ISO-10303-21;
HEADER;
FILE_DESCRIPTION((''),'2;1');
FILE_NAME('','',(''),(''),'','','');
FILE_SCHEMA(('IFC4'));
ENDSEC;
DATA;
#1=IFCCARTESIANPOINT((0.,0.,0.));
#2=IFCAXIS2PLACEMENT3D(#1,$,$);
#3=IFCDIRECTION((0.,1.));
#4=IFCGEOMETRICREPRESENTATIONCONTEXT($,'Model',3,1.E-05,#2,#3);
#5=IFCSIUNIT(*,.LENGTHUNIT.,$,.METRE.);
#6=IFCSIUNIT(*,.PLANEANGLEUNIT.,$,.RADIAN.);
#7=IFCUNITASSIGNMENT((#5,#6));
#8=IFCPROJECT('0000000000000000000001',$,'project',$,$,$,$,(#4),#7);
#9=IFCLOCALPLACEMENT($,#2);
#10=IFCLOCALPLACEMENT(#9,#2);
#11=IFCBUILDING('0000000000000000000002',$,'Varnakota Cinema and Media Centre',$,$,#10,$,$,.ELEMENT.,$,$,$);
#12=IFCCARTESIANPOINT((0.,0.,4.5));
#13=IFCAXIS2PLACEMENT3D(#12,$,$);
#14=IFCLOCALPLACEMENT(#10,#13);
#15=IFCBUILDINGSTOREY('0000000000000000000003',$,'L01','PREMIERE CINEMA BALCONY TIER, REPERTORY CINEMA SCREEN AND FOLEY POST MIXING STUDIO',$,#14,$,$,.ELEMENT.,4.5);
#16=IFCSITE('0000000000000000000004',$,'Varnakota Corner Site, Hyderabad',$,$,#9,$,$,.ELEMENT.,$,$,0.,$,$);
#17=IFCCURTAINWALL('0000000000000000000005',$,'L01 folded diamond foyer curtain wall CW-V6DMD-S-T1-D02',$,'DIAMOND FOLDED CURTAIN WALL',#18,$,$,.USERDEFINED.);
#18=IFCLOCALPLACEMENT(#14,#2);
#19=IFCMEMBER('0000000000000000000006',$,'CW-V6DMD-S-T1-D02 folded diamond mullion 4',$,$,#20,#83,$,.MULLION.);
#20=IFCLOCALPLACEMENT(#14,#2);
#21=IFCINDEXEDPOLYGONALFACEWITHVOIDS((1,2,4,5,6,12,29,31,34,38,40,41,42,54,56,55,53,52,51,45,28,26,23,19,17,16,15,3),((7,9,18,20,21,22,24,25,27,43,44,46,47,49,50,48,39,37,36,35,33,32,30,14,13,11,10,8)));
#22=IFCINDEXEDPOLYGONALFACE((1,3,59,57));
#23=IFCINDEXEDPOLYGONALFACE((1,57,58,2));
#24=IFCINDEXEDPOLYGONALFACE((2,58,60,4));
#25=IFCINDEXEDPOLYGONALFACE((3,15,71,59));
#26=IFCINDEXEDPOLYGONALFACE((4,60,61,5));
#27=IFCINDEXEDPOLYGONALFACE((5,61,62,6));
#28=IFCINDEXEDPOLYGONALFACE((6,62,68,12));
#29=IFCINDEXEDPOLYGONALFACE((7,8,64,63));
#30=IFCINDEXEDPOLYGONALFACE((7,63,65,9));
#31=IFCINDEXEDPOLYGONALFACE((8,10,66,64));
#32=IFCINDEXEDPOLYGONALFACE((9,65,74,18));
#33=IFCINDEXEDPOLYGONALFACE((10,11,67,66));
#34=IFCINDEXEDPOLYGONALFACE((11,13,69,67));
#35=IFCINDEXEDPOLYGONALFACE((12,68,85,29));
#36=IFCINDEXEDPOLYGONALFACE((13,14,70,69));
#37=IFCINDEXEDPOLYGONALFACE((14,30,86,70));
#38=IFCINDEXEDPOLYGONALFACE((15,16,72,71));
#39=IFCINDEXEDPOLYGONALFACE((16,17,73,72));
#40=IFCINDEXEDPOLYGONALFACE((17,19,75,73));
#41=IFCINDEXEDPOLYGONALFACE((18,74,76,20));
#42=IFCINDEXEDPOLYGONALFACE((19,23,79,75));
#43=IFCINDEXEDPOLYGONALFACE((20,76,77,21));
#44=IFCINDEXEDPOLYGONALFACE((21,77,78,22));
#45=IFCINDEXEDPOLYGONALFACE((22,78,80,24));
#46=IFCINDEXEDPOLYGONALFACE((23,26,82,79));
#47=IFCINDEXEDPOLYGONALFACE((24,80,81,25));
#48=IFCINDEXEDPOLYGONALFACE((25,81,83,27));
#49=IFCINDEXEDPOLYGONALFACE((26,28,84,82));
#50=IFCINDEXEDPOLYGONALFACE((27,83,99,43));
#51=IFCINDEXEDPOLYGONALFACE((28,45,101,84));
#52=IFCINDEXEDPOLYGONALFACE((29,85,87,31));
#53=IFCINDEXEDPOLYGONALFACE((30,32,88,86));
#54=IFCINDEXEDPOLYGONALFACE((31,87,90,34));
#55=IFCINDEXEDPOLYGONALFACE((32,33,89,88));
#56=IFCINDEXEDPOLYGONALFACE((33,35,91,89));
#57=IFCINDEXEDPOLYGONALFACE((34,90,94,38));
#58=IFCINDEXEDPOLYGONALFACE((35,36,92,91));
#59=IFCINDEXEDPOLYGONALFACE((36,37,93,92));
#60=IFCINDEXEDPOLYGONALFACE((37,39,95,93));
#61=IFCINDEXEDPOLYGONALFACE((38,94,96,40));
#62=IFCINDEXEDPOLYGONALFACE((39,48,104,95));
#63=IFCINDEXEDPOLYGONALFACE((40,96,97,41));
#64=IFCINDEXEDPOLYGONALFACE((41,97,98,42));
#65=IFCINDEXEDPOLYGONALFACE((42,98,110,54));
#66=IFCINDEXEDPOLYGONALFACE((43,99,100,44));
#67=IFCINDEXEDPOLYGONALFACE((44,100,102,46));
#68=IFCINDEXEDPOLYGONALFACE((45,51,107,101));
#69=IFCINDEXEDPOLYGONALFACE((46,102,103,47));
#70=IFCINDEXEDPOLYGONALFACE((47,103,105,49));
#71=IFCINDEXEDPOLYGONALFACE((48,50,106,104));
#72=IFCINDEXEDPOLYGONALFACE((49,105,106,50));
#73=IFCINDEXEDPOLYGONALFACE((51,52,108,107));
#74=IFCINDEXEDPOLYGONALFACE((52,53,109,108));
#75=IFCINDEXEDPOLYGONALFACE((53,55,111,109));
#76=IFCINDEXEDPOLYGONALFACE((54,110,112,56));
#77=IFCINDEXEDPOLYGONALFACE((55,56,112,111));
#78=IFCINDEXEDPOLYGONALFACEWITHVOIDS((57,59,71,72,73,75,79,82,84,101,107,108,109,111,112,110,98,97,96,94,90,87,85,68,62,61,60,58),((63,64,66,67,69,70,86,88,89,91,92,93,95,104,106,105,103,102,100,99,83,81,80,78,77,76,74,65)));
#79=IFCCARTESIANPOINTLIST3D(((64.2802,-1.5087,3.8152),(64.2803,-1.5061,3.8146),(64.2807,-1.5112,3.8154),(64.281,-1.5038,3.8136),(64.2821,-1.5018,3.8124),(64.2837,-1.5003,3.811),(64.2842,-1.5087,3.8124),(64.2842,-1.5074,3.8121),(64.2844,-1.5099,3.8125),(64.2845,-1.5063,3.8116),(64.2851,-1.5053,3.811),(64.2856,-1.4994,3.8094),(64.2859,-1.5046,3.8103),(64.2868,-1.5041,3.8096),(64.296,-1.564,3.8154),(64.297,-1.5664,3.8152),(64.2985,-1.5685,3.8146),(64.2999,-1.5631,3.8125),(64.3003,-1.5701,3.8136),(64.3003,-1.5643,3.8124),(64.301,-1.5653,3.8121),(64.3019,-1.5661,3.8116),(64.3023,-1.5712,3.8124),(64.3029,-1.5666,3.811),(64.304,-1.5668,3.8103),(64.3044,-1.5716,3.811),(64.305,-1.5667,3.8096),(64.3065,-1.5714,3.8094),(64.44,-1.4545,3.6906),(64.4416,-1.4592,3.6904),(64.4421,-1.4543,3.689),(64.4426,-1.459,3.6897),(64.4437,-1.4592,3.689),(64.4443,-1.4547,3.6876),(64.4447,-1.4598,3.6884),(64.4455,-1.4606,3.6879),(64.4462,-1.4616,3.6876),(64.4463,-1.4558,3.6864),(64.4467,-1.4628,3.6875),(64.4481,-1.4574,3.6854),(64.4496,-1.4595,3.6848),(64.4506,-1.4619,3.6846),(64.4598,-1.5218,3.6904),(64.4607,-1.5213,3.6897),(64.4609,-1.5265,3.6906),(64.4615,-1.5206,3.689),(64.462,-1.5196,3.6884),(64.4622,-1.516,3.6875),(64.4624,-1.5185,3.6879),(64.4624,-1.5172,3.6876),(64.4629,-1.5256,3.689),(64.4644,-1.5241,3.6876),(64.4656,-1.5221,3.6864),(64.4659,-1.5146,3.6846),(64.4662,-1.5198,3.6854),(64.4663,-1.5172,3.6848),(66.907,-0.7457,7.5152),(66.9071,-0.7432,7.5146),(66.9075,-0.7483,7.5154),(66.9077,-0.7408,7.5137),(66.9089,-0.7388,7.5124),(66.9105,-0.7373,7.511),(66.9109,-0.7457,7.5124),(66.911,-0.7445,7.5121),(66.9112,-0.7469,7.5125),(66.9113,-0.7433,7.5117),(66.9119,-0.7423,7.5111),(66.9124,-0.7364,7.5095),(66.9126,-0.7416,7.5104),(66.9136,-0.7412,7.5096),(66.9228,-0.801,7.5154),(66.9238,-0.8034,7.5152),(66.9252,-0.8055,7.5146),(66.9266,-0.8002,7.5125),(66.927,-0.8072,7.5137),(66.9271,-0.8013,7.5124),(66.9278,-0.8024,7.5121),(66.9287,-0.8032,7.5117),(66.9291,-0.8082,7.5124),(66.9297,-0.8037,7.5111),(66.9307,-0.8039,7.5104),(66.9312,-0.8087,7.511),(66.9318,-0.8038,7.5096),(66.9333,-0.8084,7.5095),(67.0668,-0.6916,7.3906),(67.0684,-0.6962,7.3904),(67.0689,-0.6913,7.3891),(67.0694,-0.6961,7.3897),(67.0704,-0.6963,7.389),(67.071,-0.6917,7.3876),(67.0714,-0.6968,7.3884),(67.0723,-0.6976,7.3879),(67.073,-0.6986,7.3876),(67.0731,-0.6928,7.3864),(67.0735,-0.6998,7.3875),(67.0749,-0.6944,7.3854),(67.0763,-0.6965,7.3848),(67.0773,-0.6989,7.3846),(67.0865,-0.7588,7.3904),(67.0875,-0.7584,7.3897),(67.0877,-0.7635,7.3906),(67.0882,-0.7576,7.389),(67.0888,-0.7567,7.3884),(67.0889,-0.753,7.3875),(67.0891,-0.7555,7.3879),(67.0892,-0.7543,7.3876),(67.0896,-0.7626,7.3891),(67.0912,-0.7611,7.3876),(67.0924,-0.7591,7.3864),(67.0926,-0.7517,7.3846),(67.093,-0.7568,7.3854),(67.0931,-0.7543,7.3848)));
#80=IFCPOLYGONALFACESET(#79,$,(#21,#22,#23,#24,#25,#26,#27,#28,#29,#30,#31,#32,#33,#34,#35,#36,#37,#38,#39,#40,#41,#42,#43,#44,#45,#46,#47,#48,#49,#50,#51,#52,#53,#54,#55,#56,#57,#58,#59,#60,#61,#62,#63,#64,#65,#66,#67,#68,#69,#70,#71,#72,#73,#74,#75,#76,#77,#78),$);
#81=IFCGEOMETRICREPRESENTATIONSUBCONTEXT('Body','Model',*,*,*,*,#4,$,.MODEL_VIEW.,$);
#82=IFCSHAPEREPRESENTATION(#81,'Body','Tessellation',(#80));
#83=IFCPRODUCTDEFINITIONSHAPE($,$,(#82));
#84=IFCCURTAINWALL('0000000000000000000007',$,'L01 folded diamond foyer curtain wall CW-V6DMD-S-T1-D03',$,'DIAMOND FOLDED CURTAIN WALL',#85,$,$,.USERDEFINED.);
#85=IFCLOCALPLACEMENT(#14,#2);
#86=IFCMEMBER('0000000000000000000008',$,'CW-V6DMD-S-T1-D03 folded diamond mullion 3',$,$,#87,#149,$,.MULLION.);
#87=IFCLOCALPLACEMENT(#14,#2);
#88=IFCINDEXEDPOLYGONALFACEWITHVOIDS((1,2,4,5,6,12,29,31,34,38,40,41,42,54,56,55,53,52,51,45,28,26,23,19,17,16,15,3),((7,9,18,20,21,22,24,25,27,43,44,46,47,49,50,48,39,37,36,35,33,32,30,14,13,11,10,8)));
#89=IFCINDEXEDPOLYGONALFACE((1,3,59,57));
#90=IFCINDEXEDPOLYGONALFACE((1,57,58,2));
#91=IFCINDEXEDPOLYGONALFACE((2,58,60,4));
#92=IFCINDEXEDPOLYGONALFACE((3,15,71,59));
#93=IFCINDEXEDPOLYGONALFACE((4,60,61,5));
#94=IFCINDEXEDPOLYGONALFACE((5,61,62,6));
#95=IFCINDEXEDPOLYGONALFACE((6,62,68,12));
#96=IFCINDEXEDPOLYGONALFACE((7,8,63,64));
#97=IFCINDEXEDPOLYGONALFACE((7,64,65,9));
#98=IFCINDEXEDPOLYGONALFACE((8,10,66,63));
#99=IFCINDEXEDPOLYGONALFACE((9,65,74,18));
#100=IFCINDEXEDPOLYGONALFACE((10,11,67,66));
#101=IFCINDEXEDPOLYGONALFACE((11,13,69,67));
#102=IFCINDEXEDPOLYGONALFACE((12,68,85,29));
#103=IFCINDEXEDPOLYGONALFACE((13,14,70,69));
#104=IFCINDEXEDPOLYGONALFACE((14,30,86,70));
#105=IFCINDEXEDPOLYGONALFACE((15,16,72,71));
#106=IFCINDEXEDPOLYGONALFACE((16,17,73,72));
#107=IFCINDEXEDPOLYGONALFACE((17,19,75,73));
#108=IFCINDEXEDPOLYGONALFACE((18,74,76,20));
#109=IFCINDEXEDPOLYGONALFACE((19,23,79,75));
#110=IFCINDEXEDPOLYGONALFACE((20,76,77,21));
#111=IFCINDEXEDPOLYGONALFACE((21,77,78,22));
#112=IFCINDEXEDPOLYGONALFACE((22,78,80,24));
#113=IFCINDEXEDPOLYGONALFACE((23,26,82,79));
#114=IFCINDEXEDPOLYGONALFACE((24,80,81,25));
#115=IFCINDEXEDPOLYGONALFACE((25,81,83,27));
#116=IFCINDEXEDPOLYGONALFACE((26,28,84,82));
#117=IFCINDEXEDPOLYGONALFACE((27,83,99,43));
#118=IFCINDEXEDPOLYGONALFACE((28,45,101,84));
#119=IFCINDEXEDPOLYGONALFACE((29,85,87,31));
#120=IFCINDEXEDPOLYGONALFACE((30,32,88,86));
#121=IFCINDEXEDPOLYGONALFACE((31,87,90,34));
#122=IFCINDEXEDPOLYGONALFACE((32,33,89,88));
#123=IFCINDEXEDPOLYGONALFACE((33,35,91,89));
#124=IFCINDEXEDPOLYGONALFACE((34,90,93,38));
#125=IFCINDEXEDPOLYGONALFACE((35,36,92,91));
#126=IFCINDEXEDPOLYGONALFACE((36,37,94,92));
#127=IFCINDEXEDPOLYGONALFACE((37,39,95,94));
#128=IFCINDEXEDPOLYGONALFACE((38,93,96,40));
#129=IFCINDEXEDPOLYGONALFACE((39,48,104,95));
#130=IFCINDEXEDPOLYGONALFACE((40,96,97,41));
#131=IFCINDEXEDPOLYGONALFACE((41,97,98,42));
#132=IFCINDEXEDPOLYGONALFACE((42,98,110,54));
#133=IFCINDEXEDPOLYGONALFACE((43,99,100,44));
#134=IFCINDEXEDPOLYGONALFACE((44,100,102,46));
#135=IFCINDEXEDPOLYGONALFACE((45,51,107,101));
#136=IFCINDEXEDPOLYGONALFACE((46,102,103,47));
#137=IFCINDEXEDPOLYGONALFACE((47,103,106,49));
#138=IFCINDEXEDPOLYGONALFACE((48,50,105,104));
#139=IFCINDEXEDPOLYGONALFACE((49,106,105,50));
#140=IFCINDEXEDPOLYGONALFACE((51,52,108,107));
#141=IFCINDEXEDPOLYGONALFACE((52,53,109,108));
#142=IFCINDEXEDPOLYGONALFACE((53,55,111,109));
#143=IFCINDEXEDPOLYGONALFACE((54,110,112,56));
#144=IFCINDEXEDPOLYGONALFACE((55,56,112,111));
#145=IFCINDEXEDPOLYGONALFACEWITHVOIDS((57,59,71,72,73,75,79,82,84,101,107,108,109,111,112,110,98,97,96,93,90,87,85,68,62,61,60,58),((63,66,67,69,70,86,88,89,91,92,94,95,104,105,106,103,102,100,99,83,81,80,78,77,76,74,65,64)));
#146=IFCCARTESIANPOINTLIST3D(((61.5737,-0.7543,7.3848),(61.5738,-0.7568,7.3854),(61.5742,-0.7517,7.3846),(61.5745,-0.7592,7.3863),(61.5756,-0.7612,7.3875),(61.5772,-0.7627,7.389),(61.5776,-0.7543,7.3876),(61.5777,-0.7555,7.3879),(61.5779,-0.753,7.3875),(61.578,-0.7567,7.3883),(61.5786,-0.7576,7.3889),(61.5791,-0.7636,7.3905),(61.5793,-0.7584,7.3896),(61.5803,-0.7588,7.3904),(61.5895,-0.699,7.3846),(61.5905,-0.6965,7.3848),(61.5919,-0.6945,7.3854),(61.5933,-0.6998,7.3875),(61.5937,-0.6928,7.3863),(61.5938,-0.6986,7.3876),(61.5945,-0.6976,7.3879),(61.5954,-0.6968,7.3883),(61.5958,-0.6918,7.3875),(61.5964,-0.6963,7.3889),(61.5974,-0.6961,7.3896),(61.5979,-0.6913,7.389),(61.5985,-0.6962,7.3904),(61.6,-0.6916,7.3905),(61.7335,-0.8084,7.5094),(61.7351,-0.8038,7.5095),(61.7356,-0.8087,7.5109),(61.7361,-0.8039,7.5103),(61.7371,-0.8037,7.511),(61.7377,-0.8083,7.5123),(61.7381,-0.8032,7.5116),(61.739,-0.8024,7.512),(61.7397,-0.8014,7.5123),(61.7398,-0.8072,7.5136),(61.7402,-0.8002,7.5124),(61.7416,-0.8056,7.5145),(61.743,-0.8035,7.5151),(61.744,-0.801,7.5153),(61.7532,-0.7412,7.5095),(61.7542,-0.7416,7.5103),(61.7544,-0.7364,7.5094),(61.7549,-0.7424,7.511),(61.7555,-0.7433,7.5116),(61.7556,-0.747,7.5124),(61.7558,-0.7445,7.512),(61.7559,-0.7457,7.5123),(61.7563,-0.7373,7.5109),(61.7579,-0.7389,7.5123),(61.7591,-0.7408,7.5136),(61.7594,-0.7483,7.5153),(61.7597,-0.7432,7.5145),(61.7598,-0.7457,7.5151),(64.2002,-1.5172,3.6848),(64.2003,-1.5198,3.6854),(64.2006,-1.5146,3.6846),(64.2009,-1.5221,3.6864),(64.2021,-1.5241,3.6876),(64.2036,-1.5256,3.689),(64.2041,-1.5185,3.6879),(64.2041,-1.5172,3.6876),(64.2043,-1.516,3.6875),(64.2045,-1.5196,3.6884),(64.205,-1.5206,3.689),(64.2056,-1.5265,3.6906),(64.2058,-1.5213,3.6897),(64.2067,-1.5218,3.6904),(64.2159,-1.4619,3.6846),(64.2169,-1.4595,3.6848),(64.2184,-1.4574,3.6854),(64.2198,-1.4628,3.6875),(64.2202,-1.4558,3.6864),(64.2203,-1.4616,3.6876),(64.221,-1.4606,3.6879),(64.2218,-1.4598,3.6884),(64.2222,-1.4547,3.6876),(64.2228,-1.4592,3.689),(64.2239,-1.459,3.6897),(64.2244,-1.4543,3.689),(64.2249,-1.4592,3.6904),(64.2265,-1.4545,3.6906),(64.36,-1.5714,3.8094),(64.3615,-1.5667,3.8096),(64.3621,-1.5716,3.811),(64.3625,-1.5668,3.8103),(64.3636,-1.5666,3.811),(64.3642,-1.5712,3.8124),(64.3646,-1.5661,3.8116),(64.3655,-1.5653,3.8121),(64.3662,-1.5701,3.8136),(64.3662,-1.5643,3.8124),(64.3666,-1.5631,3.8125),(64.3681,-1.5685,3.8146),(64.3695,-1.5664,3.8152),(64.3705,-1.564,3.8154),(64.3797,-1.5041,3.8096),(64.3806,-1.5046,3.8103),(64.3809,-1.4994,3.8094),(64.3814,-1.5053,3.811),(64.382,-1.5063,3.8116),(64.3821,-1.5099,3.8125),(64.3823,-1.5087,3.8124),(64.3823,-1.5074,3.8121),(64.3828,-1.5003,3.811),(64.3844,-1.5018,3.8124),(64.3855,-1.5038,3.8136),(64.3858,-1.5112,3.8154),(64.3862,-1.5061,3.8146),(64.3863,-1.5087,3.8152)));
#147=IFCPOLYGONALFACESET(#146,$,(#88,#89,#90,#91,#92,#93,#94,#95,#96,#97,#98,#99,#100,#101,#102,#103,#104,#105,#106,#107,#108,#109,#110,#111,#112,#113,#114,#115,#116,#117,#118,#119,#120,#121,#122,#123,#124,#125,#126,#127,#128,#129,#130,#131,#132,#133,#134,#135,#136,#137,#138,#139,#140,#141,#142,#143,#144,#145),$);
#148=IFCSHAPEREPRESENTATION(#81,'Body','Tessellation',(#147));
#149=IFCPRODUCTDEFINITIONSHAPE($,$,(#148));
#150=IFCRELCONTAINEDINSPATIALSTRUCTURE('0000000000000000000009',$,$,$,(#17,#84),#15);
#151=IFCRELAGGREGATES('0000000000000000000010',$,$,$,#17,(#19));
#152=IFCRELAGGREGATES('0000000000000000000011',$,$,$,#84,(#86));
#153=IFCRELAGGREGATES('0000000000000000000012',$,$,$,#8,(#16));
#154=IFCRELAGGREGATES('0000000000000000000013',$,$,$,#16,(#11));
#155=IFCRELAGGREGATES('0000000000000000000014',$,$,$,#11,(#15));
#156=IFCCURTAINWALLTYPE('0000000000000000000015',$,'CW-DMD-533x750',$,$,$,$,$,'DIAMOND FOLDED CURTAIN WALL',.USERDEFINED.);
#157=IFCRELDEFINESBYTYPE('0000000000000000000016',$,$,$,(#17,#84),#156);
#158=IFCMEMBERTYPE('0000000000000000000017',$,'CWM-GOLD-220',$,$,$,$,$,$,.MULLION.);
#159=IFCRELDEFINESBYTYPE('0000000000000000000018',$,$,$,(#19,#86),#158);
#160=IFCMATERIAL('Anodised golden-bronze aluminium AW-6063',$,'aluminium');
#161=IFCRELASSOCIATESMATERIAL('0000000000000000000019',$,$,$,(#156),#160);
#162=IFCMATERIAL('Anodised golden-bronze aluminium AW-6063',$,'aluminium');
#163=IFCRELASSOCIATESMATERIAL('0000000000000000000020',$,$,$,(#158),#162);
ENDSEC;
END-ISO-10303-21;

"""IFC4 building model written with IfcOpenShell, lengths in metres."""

from ifc_helpers import new_model, si_unit, direction, frame, origin, origin_2d, place, context, subcontext, project, spatial, hollow_rectangle, extrude, material, material_profile, profile_set, type_object, element, aggregate, save


model = new_model("IFC4")

# Units and contexts
model_context = context("Model", 3, precision=1e-05, world=origin(), true_north=direction((0.0, 1.0)))
body_context = subcontext(model_context, "Body", "Model", "MODEL_VIEW")
ifc_project = project(units=[si_unit("LENGTHUNIT", "METRE"), si_unit("PLANEANGLEUNIT", "RADIAN")], contexts=[model_context])

# Site, building, storey
site_placement = place(None, origin())
site = spatial("IfcSite", under=ifc_project, at=site_placement, Name="Varnakota Corner Site, Hyderabad", CompositionType="ELEMENT", RefElevation=0.0)
building_placement = place(site_placement, origin())
building = spatial("IfcBuilding", under=site, at=building_placement, Name="Varnakota Cinema and Media Centre", CompositionType="ELEMENT")
storey_placement = place(building_placement, frame((0.0, 0.0, 4.5)))
storey = spatial("IfcBuildingStorey", under=building, at=storey_placement, Name="L01", Description="PREMIERE CINEMA BALCONY TIER, REPERTORY CINEMA SCREEN AND FOLEY POST MIXING STUDIO", CompositionType="ELEMENT", Elevation=4.5)

# Curtain wall, member
ifc_material_1 = material(Name="Anodised golden-bronze aluminium AW-6063", Category="aluminium")
curtain_wall_type = type_object("IfcCurtainWallType", Name="CW-DMD-533x750", ElementType="DIAMOND FOLDED CURTAIN WALL", PredefinedType="USERDEFINED", material=ifc_material_1)
curtain_wall_1_placement = place(storey_placement, origin())
curtain_wall_1 = element("IfcCurtainWall", 1, at=curtain_wall_1_placement, inside=storey, type_object=curtain_wall_type, Name="L01 folded diamond foyer curtain wall CW-V6DMD-S-T1-D02", ObjectType="DIAMOND FOLDED CURTAIN WALL", PredefinedType="USERDEFINED")
ifc_material_2 = material(Name="Anodised golden-bronze aluminium AW-6063", Category="aluminium")
ifc_material_profile_1 = material_profile(ifc_material_2, hollow_rectangle(XDim=0.075, YDim=0.22, WallThickness=0.0049, InnerFilletRadius=0.0049, OuterFilletRadius=0.01, at=origin_2d()), Name="AL-MULLION 220x75x5")
ifc_profile_set_1 = profile_set([ifc_material_profile_1], Name="Anodised golden-bronze aluminium AW-6063")
member_type_1 = type_object("IfcMemberType", Name="CWM-GOLD-220", PredefinedType="MULLION", material=ifc_profile_set_1)
member_1_placement = place(storey_placement, frame((64.3733, -1.5129, 3.75), z_axis=(0.570871, 0.165812, 0.804122), x_axis=(-0.278927, 0.960312, 0.0)))
member_1 = element("IfcMember", 2, at=member_1_placement, type_object=member_type_1, Name="CW-V6DMD-S-T1-D02 folded diamond mullion 4", PredefinedType="MULLION", context=body_context, shape_type="SweptSolid", body=[
    extrude(hollow_rectangle(XDim=0.075, YDim=0.22, WallThickness=0.0049, InnerFilletRadius=0.0049, OuterFilletRadius=0.01, at=origin_2d()), origin(), (0.0, 0.0, 1.0), 4.6013),
])

# Curtain wall, member
curtain_wall_2_placement = place(storey_placement, origin())
curtain_wall_2 = element("IfcCurtainWall", 3, at=curtain_wall_2_placement, inside=storey, type_object=curtain_wall_type, Name="L01 folded diamond foyer curtain wall CW-V6DMD-S-T1-D03", ObjectType="DIAMOND FOLDED CURTAIN WALL", PredefinedType="USERDEFINED")
member_2_placement = place(storey_placement, frame((64.2932, -1.5129, 3.75), z_axis=(-0.570835, 0.165817, 0.804147), x_axis=(-0.278951, -0.960305, 0.0)))
member_2 = element("IfcMember", 4, at=member_2_placement, type_object=member_type_1, Name="CW-V6DMD-S-T1-D03 folded diamond mullion 3", PredefinedType="MULLION", context=body_context, shape_type="SweptSolid", body=[
    extrude(hollow_rectangle(XDim=0.075, YDim=0.22, WallThickness=0.0049, InnerFilletRadius=0.0049, OuterFilletRadius=0.01, at=origin_2d()), origin(), (0.0, 0.0, 1.0), 4.6011),
])

aggregate(curtain_wall_1, [member_1])
aggregate(curtain_wall_2, [member_2])

save(model, "model.ifc")
